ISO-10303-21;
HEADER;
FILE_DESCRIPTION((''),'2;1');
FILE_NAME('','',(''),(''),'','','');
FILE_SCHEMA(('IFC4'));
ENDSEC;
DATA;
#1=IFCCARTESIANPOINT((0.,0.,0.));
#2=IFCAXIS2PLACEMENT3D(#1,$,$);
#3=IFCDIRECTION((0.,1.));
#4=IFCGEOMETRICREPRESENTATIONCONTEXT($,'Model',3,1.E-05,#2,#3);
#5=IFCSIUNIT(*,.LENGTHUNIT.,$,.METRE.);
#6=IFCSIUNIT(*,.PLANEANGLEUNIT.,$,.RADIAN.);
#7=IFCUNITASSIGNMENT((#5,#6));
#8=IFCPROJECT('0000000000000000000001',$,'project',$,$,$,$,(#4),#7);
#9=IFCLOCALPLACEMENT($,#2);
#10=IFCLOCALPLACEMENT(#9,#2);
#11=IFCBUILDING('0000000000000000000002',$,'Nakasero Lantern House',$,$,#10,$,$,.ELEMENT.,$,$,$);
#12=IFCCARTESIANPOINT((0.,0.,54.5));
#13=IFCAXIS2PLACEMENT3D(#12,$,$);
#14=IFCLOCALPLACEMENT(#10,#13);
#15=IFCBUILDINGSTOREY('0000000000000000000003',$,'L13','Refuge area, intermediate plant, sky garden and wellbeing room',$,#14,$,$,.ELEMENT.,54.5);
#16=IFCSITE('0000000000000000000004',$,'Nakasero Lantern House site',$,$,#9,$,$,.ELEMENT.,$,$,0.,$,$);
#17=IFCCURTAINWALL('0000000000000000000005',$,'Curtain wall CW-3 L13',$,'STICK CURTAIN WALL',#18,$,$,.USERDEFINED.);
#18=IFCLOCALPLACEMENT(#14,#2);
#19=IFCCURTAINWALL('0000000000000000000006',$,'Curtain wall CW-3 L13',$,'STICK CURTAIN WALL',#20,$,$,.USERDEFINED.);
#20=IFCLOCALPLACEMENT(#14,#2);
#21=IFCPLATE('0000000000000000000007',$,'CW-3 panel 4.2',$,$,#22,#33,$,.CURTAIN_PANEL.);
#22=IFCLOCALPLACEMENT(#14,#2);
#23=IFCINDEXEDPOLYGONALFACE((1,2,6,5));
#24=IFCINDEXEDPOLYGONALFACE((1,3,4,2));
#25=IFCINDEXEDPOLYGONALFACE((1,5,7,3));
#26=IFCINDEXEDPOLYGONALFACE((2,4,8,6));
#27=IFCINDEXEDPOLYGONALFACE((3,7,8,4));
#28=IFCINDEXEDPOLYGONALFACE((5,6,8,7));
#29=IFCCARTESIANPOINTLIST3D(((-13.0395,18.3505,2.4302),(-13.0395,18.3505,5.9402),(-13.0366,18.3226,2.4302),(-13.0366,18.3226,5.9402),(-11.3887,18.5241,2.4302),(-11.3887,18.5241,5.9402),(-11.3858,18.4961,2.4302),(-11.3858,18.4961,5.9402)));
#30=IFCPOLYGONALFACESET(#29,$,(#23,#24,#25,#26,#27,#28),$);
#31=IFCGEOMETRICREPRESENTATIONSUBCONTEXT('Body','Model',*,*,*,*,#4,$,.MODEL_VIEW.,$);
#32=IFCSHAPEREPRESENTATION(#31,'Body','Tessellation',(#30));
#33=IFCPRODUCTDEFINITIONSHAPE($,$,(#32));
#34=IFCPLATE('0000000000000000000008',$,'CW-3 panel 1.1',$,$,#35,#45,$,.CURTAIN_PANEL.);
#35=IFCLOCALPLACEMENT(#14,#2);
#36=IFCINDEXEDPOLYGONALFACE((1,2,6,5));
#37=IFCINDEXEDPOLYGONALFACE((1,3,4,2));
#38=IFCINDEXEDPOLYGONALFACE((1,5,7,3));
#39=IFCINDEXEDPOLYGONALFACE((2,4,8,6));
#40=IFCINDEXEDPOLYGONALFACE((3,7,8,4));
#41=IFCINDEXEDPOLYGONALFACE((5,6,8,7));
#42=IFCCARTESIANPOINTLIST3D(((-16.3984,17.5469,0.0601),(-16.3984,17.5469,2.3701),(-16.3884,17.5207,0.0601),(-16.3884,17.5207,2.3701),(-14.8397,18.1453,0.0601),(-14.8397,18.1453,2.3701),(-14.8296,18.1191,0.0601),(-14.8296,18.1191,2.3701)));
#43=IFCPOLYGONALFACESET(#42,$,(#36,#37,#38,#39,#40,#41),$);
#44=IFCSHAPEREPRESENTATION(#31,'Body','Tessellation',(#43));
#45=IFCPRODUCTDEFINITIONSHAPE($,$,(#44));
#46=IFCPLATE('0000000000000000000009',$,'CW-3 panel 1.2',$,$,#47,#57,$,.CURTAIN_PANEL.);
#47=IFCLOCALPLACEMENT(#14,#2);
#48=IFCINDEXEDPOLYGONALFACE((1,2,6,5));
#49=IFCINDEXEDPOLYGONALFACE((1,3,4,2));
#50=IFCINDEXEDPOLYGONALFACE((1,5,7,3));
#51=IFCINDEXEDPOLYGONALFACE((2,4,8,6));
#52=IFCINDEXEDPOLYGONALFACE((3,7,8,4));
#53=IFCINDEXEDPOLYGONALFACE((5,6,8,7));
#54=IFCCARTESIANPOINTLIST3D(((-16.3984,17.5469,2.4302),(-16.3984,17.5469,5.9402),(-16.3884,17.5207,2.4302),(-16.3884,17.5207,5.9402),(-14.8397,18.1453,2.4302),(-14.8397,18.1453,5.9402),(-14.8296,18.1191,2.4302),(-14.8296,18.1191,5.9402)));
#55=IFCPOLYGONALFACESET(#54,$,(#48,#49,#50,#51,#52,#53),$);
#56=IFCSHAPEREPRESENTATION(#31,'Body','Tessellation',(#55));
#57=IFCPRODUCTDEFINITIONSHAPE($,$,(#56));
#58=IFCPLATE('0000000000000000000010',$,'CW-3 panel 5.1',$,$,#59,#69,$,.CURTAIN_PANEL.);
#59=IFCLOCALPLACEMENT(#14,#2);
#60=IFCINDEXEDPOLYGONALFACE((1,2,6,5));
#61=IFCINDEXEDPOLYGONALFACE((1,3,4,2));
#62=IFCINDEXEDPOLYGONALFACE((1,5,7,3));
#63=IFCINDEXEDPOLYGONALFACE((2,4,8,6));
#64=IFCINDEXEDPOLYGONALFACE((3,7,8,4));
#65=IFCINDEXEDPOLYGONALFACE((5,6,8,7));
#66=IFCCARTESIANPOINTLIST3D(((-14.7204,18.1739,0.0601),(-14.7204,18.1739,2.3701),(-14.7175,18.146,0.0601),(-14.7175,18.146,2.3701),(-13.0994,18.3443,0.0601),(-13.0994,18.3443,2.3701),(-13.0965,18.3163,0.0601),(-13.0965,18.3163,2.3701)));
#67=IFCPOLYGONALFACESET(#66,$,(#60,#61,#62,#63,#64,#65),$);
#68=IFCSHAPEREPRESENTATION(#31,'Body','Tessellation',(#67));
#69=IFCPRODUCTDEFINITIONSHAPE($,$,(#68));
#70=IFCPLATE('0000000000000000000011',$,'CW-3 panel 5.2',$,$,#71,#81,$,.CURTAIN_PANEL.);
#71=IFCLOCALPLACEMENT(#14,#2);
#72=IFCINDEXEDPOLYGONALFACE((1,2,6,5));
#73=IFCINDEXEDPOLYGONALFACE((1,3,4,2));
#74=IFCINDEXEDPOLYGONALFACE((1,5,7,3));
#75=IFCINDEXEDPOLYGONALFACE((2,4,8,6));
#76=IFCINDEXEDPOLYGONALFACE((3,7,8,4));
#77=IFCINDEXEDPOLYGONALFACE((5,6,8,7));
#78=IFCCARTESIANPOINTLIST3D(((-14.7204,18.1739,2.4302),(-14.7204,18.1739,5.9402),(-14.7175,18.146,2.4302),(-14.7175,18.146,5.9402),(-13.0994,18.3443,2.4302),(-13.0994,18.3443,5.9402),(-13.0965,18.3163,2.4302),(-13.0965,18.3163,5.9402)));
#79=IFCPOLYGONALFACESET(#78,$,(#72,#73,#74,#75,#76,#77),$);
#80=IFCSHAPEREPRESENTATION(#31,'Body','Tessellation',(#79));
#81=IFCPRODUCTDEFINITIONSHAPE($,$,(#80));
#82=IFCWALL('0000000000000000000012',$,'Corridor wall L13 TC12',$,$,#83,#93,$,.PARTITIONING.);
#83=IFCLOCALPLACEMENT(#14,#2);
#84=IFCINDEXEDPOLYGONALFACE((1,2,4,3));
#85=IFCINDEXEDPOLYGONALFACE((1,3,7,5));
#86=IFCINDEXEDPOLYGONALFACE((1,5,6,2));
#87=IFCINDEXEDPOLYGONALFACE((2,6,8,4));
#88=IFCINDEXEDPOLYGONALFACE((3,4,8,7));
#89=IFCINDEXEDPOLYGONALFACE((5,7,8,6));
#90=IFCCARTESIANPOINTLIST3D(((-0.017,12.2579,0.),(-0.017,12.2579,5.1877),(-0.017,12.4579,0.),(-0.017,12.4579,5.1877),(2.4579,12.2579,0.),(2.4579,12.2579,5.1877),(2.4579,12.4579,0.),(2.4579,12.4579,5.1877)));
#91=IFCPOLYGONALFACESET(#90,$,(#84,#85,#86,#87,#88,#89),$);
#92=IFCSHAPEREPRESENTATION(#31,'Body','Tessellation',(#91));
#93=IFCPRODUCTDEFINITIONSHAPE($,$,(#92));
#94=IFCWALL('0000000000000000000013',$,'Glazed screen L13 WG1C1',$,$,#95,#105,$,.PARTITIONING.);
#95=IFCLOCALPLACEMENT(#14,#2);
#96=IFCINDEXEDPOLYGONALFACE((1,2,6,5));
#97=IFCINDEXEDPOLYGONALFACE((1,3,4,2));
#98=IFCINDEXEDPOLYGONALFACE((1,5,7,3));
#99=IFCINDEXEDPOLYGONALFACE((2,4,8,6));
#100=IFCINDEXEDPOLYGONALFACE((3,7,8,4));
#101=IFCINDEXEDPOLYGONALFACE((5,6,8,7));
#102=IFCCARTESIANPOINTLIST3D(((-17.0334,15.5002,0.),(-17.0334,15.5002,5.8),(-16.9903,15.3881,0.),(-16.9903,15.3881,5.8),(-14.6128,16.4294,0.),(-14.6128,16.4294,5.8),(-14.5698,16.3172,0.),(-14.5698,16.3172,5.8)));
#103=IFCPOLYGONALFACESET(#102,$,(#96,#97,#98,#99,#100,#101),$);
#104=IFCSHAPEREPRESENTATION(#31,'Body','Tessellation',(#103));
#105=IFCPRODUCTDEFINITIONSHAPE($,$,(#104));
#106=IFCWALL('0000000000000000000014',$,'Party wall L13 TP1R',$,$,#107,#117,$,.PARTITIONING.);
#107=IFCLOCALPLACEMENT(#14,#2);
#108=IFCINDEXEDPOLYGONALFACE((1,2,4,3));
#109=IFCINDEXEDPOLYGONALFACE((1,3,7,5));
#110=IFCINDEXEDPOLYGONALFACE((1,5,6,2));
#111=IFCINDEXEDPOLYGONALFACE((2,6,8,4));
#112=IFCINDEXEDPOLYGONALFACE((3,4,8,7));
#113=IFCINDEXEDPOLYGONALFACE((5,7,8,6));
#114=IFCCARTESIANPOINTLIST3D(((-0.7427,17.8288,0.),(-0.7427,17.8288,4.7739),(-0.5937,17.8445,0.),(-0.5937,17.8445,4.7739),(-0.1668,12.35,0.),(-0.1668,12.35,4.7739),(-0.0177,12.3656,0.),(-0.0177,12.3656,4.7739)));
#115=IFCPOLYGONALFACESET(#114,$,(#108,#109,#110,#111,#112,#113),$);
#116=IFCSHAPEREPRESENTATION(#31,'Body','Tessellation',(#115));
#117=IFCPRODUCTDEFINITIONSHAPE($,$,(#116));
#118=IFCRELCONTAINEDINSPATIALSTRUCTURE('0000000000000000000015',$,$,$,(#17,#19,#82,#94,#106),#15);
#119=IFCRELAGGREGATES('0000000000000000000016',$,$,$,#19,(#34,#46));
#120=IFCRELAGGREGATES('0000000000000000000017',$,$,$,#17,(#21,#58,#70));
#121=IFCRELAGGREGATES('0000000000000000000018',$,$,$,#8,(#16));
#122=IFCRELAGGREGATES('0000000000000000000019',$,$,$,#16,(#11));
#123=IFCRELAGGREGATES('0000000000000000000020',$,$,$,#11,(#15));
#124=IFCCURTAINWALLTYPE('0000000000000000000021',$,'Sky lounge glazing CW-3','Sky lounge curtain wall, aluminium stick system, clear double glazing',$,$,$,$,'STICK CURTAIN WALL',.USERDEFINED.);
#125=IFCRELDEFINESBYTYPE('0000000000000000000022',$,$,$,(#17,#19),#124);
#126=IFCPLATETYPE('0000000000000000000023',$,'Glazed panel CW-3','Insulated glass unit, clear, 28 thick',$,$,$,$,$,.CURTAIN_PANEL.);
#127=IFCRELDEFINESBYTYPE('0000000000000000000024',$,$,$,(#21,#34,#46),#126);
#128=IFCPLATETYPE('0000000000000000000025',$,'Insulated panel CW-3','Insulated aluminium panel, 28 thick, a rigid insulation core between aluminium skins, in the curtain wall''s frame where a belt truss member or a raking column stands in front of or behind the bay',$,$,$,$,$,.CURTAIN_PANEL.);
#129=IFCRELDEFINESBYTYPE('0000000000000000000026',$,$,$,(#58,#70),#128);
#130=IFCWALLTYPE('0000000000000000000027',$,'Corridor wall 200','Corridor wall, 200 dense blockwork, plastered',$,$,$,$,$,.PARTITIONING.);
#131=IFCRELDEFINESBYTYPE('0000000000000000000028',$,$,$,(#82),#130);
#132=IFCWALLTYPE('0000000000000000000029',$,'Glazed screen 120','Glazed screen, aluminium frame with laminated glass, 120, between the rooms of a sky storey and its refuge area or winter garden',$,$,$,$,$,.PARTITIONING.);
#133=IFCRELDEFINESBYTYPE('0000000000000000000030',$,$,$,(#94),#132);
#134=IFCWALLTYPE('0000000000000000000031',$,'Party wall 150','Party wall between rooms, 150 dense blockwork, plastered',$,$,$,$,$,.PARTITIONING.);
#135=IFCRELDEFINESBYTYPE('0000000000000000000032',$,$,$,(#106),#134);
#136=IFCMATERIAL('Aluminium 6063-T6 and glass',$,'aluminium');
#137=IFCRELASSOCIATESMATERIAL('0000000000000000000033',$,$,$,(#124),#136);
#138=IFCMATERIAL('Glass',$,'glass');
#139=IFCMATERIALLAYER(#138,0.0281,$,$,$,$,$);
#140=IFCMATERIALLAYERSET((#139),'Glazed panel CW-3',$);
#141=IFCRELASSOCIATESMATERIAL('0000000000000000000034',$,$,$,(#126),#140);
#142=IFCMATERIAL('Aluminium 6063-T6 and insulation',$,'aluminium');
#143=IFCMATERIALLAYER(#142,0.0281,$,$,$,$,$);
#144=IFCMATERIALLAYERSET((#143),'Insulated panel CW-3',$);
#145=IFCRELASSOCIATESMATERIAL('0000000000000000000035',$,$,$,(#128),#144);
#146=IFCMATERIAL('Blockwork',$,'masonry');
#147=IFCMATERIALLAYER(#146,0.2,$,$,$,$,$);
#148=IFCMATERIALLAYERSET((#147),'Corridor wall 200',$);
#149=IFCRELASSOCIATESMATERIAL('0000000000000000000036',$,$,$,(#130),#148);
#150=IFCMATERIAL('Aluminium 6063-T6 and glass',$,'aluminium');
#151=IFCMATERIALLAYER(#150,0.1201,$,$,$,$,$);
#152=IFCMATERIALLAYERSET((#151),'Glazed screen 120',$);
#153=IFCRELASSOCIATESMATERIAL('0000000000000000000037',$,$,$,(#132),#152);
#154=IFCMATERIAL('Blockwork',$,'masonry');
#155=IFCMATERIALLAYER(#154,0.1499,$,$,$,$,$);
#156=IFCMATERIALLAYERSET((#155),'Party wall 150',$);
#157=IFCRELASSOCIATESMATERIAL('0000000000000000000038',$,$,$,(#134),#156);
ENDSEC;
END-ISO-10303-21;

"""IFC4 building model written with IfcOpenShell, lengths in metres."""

from ifc_helpers import new_model, si_unit, direction, frame, frame_2d, origin, origin_2d, place, context, subcontext, project, spatial, rectangle, extrude, material, layer, layer_set, type_object, element, aggregate, save


model = new_model("IFC4")

# Units and contexts
model_context = context("Model", 3, precision=1e-05, world=origin(), true_north=direction((0.0, 1.0)))
body_context = subcontext(model_context, "Body", "Model", "MODEL_VIEW")
ifc_project = project(units=[si_unit("LENGTHUNIT", "METRE"), si_unit("PLANEANGLEUNIT", "RADIAN")], contexts=[model_context])

# Site, building, storey
site_placement = place(None, origin())
site = spatial("IfcSite", under=ifc_project, at=site_placement, Name="Nakasero Lantern House site", CompositionType="ELEMENT", RefElevation=0.0)
building_placement = place(site_placement, origin())
building = spatial("IfcBuilding", under=site, at=building_placement, Name="Nakasero Lantern House", CompositionType="ELEMENT")
storey_placement = place(building_placement, frame((0.0, 0.0, 54.5)))
storey = spatial("IfcBuildingStorey", under=building, at=storey_placement, Name="L13", Description="Refuge area, intermediate plant, sky garden and wellbeing room", CompositionType="ELEMENT", Elevation=54.5)

# Curtain wall
ifc_material_1 = material(Name="Aluminium 6063-T6 and glass", Category="aluminium")
curtain_wall_type = type_object("IfcCurtainWallType", Name="Sky lounge glazing CW-3", Description="Sky lounge curtain wall, aluminium stick system, clear double glazing", ElementType="STICK CURTAIN WALL", PredefinedType="USERDEFINED", material=ifc_material_1)
curtain_wall_1_placement = place(storey_placement, origin())
curtain_wall_1 = element("IfcCurtainWall", 1, at=curtain_wall_1_placement, inside=storey, type_object=curtain_wall_type, Name="Curtain wall CW-3 L13", ObjectType="STICK CURTAIN WALL", PredefinedType="USERDEFINED")

# Curtain wall
curtain_wall_2_placement = place(storey_placement, origin())
curtain_wall_2 = element("IfcCurtainWall", 2, at=curtain_wall_2_placement, inside=storey, type_object=curtain_wall_type, Name="Curtain wall CW-3 L13", ObjectType="STICK CURTAIN WALL", PredefinedType="USERDEFINED")

# Plates
ifc_material_2 = material(Name="Glass", Category="glass")
ifc_layer_1 = layer(ifc_material_2, 0.0281)
ifc_layer_set_1 = layer_set([ifc_layer_1], Name="Glazed panel CW-3")
plate_type_1 = type_object("IfcPlateType", Name="Glazed panel CW-3", Description="Insulated glass unit, clear, 28 thick", PredefinedType="CURTAIN_PANEL", material=ifc_layer_set_1)
plate_1_placement = place(storey_placement, frame((-12.2126, 18.4233, 2.4302), z_axis=(0.0, 0.0, 1.0), x_axis=(-0.994522, -0.104528, 0.0)))
plate_1 = element("IfcPlate", 3, at=plate_1_placement, type_object=plate_type_1, Name="CW-3 panel 4.2", PredefinedType="CURTAIN_PANEL", context=body_context, shape_type="SweptSolid", body=[
    extrude(rectangle(XDim=1.6599, YDim=0.0281, at=origin_2d()), origin(), (0.0, 0.0, 1.0), 3.51),
])
plate_2_placement = place(storey_placement, frame((-15.614, 17.833, 0.0601), z_axis=(0.0, 0.0, 1.0), x_axis=(-0.93358, -0.358368, 0.0)))
plate_2 = element("IfcPlate", 4, at=plate_2_placement, type_object=plate_type_1, Name="CW-3 panel 1.1", PredefinedType="CURTAIN_PANEL", context=body_context, shape_type="SweptSolid", body=[
    extrude(rectangle(XDim=1.6697, YDim=0.0281, at=origin_2d()), origin(), (0.0, 0.0, 1.0), 2.3101),
])
plate_3_placement = place(storey_placement, frame((-15.614, 17.833, 2.4302), z_axis=(0.0, 0.0, 1.0), x_axis=(-0.93358, -0.358368, 0.0)))
plate_3 = element("IfcPlate", 5, at=plate_3_placement, type_object=plate_type_1, Name="CW-3 panel 1.2", PredefinedType="CURTAIN_PANEL", context=body_context, shape_type="SweptSolid", body=[
    extrude(rectangle(XDim=1.6697, YDim=0.0281, at=origin_2d()), origin(), (0.0, 0.0, 1.0), 3.51),
])
aggregate(curtain_wall_2, [plate_2, plate_3])
ifc_material_3 = material(Name="Aluminium 6063-T6 and insulation", Category="aluminium")
ifc_layer_2 = layer(ifc_material_3, 0.0281)
ifc_layer_set_2 = layer_set([ifc_layer_2], Name="Insulated panel CW-3")
plate_type_2 = type_object("IfcPlateType", Name="Insulated panel CW-3", Description="Insulated aluminium panel, 28 thick, a rigid insulation core between aluminium skins, in the curtain wall's frame where a belt truss member or a raking column stands in front of or behind the bay", PredefinedType="CURTAIN_PANEL", material=ifc_layer_set_2)
plate_4_placement = place(storey_placement, frame((-13.9084, 18.2451, 0.0601), z_axis=(0.0, 0.0, 1.0), x_axis=(-0.994522, -0.104528, 0.0)))
plate_4 = element("IfcPlate", 6, at=plate_4_placement, type_object=plate_type_2, Name="CW-3 panel 5.1", PredefinedType="CURTAIN_PANEL", context=body_context, shape_type="SweptSolid", body=[
    extrude(rectangle(XDim=1.6299, YDim=0.0281, at=origin_2d()), origin(), (0.0, 0.0, 1.0), 2.3101),
])
plate_5_placement = place(storey_placement, frame((-13.9084, 18.2451, 2.4302), z_axis=(0.0, 0.0, 1.0), x_axis=(-0.994522, -0.104528, 0.0)))
plate_5 = element("IfcPlate", 7, at=plate_5_placement, type_object=plate_type_2, Name="CW-3 panel 5.2", PredefinedType="CURTAIN_PANEL", context=body_context, shape_type="SweptSolid", body=[
    extrude(rectangle(XDim=1.6299, YDim=0.0281, at=origin_2d()), origin(), (0.0, 0.0, 1.0), 3.51),
])
aggregate(curtain_wall_1, [plate_1, plate_4, plate_5])

# Walls
ifc_material_4 = material(Name="Blockwork", Category="masonry")
ifc_layer_3 = layer(ifc_material_4, 0.2)
ifc_layer_set_3 = layer_set([ifc_layer_3], Name="Corridor wall 200")
wall_type_1 = type_object("IfcWallType", Name="Corridor wall 200", Description="Corridor wall, 200 dense blockwork, plastered", PredefinedType="PARTITIONING", material=ifc_layer_set_3)
wall_1_placement = place(storey_placement, frame((-0.0168, 12.3579, 0.0), z_axis=(0.0, 0.0, 1.0), x_axis=(1.0, 0.0, 0.0)))
element("IfcWall", 8, at=wall_1_placement, inside=storey, type_object=wall_type_1, Name="Corridor wall L13 TC12", PredefinedType="PARTITIONING", context=body_context, shape_type="SweptSolid", body=[
    extrude(rectangle(XDim=2.4749, YDim=0.2, at=frame_2d((1.2373, 0.0))), origin(), (0.0, 0.0, 1.0), 5.1877),
])
ifc_material_5 = material(Name="Aluminium 6063-T6 and glass", Category="aluminium")
ifc_layer_4 = layer(ifc_material_5, 0.1201)
ifc_layer_set_4 = layer_set([ifc_layer_4], Name="Glazed screen 120")
wall_type_2 = type_object("IfcWallType", Name="Glazed screen 120", Description="Glazed screen, aluminium frame with laminated glass, 120, between the rooms of a sky storey and its refuge area or winter garden", PredefinedType="PARTITIONING", material=ifc_layer_set_4)
wall_2_placement = place(storey_placement, frame((-14.5913, 16.3733, 0.0), z_axis=(0.0, 0.0, 1.0), x_axis=(-0.933581, -0.358367, 0.0)))
element("IfcWall", 9, at=wall_2_placement, inside=storey, type_object=wall_type_2, Name="Glazed screen L13 WG1C1", PredefinedType="PARTITIONING", context=body_context, shape_type="SweptSolid", body=[
    extrude(rectangle(XDim=2.5928, YDim=0.1201, at=frame_2d((1.2964, 0.0))), origin(), (0.0, 0.0, 1.0), 5.8),
])
ifc_material_6 = material(Name="Blockwork", Category="masonry")
ifc_layer_5 = layer(ifc_material_6, 0.1499)
ifc_layer_set_5 = layer_set([ifc_layer_5], Name="Party wall 150")
wall_type_3 = type_object("IfcWallType", Name="Party wall 150", Description="Party wall between rooms, 150 dense blockwork, plastered", PredefinedType="PARTITIONING", material=ifc_layer_set_5)
wall_3_placement = place(storey_placement, frame((-0.0923, 12.3579, 0.0), z_axis=(0.0, 0.0, 1.0), x_axis=(-0.104544, 0.99452, 0.0)))
element("IfcWall", 10, at=wall_3_placement, inside=storey, type_object=wall_type_3, Name="Party wall L13 TP1R", PredefinedType="PARTITIONING", context=body_context, shape_type="SweptSolid", body=[
    extrude(rectangle(XDim=5.509, YDim=0.1499, at=frame_2d((2.7544, 0.0))), origin(), (0.0, 0.0, 1.0), 4.7739),
])

save(model, "model.ifc")
